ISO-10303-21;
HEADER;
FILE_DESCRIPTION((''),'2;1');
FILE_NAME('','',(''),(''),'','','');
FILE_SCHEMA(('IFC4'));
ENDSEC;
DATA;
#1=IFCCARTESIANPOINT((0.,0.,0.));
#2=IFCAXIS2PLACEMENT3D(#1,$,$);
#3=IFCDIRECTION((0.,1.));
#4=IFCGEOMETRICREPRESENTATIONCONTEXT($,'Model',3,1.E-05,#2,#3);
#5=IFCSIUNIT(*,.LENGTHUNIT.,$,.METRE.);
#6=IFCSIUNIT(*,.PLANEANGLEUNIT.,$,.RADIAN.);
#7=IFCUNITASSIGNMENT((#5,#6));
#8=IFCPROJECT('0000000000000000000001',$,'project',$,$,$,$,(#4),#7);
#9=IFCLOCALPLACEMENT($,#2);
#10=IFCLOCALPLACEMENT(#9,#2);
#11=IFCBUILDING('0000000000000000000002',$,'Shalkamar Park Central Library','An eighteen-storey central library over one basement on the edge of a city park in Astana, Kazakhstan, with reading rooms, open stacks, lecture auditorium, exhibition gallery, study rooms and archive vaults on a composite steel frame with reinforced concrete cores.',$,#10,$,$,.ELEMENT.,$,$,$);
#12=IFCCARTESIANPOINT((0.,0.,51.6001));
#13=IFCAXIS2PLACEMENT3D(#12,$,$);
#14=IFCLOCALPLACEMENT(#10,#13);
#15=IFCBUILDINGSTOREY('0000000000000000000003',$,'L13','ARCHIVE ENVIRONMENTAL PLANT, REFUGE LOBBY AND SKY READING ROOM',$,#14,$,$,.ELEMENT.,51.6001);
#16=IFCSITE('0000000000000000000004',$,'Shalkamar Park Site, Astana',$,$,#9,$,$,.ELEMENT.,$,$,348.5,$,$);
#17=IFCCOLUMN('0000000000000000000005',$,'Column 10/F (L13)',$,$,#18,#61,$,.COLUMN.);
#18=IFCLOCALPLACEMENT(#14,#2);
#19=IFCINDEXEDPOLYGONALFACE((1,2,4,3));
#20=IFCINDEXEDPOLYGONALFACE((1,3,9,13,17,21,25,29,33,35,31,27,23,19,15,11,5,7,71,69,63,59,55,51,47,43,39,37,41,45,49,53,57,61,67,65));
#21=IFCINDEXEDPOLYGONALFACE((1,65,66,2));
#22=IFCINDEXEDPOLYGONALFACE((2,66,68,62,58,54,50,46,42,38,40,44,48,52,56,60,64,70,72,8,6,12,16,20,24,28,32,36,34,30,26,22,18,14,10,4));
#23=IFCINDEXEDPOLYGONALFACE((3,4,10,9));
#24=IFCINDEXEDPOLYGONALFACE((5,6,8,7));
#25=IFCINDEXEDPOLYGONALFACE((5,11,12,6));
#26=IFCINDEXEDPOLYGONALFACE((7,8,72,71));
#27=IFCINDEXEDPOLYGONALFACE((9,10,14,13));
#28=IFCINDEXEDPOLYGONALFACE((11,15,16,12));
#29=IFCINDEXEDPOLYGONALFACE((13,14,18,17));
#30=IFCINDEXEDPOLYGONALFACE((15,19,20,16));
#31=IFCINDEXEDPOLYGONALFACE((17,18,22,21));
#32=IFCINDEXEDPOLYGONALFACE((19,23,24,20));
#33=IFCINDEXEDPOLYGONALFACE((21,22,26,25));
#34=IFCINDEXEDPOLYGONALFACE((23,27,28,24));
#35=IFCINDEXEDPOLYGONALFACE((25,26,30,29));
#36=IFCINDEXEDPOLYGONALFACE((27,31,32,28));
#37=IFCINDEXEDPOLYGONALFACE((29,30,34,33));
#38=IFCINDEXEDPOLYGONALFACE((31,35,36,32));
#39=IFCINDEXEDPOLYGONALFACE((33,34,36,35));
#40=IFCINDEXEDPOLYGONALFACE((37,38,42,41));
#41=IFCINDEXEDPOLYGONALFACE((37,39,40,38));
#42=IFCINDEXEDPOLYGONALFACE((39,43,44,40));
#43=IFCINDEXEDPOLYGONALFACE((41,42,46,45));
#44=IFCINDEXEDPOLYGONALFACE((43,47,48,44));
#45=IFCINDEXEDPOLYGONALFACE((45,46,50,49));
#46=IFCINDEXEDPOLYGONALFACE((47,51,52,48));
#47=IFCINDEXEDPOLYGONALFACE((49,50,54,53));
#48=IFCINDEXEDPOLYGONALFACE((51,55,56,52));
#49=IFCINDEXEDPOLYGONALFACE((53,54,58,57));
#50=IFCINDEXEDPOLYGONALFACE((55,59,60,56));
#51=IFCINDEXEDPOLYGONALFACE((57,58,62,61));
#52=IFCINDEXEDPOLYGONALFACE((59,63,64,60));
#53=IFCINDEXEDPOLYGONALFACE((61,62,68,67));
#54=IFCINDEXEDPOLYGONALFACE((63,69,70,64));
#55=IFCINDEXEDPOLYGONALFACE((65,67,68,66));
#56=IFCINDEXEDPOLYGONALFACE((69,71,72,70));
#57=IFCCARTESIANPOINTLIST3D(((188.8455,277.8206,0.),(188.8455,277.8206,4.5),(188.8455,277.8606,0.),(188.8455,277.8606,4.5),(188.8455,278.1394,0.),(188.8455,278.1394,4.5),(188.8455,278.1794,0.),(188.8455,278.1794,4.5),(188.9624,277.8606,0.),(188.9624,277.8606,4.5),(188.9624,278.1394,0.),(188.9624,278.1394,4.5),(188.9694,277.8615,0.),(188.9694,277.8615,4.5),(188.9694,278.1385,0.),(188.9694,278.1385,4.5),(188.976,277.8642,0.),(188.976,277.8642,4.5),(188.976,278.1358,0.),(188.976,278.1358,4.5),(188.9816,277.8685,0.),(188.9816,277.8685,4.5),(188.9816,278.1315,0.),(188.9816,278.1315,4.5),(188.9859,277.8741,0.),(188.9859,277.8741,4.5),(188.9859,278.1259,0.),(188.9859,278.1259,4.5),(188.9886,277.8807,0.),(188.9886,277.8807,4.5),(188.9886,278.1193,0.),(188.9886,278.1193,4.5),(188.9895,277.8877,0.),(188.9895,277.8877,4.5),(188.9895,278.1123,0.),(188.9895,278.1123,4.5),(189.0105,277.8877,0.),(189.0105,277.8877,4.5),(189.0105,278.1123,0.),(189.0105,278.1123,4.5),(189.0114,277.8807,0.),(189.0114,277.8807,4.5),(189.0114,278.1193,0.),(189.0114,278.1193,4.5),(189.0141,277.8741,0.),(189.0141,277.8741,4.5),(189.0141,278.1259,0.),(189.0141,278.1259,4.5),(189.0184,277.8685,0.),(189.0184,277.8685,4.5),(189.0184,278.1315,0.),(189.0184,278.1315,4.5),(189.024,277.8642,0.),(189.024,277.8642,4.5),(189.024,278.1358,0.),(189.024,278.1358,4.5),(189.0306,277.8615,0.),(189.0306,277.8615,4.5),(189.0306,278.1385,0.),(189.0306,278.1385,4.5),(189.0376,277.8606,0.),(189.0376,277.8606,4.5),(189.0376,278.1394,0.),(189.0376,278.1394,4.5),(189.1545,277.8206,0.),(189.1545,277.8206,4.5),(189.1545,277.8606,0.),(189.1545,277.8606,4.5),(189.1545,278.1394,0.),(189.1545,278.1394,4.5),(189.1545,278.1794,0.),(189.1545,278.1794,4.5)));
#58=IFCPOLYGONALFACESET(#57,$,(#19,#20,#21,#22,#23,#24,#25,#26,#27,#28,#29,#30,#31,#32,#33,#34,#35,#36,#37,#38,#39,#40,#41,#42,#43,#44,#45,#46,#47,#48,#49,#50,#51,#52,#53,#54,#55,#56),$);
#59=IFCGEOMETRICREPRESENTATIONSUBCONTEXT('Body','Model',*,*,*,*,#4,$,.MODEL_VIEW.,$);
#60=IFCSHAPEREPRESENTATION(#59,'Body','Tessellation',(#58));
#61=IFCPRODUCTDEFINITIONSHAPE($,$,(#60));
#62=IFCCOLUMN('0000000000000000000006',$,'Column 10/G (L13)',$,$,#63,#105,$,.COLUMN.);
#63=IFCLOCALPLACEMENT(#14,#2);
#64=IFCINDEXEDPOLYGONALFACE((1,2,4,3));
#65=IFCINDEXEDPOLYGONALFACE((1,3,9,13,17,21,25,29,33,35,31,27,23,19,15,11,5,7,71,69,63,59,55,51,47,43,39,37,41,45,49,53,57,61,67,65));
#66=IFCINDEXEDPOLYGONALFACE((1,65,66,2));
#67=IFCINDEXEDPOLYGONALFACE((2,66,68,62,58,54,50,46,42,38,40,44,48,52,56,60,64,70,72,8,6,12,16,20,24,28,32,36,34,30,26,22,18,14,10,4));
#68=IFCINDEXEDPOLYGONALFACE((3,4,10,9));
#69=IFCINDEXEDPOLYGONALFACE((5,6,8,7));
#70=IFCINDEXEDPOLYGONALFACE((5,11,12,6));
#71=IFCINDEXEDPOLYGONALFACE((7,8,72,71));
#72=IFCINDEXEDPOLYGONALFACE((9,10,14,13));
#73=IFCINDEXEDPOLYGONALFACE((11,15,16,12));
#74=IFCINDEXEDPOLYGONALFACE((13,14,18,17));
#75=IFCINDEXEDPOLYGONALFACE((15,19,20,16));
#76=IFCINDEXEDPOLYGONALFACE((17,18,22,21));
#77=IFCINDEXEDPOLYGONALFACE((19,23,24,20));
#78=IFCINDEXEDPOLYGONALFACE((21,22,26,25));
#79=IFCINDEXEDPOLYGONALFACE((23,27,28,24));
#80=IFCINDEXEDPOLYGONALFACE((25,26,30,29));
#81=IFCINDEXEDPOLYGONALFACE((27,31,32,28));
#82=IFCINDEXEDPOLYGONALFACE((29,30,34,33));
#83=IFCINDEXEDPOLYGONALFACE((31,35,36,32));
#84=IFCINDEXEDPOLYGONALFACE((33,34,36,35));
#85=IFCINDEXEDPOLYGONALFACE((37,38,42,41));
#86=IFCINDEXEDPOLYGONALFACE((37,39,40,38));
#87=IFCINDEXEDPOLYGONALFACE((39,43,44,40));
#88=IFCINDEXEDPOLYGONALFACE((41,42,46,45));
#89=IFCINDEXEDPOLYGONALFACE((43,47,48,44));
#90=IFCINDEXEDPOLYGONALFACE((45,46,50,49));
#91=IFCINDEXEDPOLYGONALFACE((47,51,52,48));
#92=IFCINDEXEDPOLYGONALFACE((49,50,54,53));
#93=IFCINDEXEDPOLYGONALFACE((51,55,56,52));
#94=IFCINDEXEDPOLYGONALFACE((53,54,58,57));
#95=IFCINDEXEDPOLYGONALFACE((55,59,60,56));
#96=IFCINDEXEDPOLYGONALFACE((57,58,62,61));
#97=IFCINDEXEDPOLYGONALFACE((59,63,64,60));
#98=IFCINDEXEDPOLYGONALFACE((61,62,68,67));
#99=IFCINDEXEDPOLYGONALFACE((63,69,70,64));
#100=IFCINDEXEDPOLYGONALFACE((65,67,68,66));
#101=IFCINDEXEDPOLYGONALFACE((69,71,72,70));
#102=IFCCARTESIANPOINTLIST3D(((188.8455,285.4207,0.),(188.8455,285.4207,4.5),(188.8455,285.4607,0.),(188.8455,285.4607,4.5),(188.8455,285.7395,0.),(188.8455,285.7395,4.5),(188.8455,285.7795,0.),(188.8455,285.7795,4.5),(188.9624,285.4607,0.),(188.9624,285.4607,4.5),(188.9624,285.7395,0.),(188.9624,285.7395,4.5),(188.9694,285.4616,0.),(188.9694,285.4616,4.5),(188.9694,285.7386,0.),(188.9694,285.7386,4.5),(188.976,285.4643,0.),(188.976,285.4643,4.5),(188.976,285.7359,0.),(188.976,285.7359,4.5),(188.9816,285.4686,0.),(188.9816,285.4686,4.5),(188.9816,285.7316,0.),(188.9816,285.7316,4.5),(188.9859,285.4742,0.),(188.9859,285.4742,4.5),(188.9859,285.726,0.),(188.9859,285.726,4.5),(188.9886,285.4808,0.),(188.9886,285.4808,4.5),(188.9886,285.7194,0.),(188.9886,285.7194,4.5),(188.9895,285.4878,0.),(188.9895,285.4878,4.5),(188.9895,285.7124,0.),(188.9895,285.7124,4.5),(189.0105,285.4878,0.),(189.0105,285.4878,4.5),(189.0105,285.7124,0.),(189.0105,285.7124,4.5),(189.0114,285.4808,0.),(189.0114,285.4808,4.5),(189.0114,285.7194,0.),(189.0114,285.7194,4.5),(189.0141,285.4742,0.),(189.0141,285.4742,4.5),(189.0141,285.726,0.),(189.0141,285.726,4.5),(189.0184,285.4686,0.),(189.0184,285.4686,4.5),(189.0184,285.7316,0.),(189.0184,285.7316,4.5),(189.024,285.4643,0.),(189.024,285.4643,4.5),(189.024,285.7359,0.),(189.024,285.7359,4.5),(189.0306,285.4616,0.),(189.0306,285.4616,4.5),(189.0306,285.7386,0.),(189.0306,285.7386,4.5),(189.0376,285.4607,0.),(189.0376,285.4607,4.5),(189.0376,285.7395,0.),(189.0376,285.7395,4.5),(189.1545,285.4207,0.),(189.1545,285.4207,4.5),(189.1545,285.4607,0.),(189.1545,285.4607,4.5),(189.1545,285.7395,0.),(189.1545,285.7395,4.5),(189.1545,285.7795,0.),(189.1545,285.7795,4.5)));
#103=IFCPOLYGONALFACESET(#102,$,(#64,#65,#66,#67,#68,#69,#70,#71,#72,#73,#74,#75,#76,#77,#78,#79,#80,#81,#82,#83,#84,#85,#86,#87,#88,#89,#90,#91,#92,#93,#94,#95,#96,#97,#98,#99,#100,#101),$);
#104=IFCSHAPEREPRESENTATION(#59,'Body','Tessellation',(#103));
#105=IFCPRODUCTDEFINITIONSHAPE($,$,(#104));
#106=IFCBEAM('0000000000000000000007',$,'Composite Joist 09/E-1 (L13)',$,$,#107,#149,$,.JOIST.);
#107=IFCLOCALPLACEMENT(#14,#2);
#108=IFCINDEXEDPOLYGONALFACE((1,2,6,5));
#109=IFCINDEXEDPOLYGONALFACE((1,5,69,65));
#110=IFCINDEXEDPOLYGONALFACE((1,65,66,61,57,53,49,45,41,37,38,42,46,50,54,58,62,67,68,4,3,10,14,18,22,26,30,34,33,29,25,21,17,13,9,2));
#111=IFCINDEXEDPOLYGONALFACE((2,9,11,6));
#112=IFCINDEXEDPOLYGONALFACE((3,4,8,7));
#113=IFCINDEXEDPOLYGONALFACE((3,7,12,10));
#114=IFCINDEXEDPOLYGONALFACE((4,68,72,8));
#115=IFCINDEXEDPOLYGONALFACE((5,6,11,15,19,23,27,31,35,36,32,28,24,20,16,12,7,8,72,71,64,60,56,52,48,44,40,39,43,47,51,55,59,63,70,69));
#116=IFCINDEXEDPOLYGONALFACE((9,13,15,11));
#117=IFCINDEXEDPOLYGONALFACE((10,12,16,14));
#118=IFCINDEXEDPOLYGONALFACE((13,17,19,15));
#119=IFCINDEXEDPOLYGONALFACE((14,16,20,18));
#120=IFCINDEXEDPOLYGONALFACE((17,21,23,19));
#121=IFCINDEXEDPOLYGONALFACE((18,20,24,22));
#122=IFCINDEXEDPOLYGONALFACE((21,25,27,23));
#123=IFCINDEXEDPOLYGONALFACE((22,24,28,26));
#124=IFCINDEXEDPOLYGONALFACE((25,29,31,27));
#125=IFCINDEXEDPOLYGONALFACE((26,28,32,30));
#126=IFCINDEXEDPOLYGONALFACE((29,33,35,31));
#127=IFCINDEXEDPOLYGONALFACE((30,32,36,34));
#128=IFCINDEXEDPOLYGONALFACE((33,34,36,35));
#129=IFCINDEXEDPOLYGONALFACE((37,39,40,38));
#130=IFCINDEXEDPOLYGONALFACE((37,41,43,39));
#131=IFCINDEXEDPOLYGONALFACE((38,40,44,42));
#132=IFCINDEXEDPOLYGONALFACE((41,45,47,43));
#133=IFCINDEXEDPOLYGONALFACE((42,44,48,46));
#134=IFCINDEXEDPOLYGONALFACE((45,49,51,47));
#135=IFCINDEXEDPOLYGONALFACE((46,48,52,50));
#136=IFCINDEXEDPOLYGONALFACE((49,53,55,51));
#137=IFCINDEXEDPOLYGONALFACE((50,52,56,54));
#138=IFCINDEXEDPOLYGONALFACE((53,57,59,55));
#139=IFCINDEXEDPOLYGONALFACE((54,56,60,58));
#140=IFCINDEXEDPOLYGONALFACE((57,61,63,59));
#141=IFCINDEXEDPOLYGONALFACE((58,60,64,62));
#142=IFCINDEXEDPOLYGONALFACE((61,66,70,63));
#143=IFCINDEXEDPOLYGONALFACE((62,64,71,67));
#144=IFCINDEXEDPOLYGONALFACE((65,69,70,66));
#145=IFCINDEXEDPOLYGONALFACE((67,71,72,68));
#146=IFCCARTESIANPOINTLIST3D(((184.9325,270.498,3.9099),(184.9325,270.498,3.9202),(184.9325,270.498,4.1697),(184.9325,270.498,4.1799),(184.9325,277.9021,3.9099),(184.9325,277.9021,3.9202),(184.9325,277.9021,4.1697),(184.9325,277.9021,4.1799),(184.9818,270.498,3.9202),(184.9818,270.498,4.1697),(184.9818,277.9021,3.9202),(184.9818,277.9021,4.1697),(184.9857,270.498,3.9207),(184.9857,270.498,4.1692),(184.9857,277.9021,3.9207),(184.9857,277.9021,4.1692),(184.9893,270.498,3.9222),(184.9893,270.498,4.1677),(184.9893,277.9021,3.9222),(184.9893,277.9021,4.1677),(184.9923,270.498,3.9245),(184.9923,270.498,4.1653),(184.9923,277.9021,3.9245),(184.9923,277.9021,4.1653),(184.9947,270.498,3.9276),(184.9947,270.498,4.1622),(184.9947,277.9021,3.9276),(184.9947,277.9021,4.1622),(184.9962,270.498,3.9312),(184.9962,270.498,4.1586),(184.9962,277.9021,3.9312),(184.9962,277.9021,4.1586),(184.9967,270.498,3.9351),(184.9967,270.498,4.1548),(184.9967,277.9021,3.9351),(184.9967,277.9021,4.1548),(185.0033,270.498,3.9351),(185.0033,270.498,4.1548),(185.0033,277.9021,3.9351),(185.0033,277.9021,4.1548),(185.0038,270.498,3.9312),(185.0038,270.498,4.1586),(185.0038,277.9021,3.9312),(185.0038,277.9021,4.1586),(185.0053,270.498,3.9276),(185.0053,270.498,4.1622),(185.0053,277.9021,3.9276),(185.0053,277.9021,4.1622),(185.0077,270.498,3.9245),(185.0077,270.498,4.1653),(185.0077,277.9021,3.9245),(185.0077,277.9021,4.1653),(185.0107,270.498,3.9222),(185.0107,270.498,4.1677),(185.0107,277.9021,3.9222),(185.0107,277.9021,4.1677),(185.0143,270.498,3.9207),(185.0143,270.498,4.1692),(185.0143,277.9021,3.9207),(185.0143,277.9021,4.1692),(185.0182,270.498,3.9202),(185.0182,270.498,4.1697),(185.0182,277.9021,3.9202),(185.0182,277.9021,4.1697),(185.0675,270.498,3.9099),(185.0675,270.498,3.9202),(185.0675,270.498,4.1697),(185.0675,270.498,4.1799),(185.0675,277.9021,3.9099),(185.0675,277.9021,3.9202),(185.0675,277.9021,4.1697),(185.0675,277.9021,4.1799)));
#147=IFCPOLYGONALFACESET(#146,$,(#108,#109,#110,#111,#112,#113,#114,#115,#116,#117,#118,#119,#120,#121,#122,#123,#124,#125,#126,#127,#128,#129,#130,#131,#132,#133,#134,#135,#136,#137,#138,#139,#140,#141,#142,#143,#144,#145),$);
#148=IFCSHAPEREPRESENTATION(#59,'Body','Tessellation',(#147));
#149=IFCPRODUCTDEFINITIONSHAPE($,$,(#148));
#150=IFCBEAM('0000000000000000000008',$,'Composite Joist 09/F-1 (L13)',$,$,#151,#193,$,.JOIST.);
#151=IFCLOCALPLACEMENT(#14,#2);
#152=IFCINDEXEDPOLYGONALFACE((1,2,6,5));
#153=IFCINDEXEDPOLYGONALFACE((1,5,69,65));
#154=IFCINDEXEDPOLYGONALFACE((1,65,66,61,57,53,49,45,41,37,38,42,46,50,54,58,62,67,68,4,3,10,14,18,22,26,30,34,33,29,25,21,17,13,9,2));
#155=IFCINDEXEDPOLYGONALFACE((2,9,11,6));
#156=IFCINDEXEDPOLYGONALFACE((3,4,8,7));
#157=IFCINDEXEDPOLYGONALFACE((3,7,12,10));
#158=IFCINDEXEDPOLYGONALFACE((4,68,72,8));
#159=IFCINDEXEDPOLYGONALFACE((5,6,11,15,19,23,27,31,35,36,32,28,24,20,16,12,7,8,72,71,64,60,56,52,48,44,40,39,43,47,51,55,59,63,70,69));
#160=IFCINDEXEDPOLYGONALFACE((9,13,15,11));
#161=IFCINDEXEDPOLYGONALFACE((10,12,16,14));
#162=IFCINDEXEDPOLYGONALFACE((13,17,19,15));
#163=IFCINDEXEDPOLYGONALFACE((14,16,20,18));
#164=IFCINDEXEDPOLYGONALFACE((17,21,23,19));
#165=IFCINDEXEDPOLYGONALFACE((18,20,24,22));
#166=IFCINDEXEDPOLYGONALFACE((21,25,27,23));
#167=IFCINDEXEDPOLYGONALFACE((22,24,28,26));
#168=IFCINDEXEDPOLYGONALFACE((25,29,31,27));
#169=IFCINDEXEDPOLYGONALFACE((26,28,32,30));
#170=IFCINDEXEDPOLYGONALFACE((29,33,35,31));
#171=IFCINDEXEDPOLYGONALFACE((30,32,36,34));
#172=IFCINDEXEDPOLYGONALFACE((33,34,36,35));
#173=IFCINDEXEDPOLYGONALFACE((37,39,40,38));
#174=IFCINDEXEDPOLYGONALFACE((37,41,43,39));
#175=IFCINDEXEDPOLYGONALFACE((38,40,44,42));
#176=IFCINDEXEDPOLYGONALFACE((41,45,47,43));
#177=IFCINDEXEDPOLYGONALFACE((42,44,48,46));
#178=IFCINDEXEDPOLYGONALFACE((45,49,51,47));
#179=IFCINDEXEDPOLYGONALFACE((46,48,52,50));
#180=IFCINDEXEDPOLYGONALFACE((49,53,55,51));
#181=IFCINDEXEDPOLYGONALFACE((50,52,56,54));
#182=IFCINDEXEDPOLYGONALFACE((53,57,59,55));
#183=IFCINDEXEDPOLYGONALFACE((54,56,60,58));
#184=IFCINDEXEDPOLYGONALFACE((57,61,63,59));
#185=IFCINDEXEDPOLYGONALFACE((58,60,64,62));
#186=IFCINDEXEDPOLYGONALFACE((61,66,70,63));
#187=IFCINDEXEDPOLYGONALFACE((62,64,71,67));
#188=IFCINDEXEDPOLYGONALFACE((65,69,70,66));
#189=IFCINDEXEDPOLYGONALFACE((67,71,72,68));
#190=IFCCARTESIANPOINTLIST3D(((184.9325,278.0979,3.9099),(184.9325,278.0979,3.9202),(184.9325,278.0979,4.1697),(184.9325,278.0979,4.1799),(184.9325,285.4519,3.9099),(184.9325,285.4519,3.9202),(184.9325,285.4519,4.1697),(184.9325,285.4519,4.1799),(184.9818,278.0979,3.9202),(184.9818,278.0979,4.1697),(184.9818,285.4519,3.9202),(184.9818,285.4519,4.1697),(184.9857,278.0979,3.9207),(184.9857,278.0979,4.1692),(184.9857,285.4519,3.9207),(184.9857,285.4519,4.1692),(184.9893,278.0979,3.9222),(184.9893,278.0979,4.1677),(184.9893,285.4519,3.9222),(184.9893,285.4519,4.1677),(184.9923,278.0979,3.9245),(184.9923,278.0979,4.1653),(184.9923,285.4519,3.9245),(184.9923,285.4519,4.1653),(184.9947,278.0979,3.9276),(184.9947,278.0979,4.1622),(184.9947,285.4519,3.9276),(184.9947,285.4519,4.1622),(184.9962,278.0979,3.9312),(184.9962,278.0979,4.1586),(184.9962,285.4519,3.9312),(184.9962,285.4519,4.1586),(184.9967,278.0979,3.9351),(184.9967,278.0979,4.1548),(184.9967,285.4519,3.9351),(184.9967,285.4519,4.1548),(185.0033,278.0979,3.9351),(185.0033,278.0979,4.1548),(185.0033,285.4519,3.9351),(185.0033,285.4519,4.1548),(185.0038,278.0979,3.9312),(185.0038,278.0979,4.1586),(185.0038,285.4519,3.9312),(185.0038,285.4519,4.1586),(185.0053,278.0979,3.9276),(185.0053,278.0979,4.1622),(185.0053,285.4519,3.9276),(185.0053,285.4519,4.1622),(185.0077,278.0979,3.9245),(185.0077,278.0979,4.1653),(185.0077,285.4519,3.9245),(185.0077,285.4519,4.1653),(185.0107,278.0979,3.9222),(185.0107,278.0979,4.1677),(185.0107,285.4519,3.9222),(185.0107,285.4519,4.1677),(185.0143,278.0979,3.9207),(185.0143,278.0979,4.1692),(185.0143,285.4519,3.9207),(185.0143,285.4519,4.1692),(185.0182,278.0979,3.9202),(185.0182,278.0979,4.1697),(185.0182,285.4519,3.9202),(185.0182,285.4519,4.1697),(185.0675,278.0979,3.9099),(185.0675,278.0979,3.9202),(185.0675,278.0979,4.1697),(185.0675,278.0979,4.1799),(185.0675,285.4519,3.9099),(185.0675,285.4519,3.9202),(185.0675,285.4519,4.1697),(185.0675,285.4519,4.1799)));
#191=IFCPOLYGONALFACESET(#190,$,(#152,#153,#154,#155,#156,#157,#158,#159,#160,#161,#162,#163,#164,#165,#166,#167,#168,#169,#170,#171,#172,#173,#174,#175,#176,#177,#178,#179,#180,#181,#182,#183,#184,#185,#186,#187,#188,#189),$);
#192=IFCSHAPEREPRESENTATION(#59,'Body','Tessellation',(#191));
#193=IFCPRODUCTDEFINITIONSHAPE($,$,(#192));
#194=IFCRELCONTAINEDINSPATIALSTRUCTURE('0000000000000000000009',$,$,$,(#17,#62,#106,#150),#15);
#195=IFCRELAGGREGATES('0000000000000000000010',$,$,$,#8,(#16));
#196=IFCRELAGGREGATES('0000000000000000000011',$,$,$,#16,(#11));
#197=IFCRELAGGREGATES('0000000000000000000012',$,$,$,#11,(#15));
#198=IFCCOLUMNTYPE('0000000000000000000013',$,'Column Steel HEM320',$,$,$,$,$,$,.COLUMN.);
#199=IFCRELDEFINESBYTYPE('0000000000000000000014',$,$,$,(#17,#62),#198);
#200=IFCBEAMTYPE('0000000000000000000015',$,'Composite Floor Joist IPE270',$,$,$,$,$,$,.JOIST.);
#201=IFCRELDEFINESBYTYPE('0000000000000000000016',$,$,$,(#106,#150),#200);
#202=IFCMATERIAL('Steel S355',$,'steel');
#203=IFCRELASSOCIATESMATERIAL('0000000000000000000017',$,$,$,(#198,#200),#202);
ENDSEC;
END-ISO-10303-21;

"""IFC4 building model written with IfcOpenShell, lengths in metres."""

from ifc_helpers import new_model, si_unit, direction, frame, origin, origin_2d, place, context, subcontext, project, spatial, i_section, extrude, material, material_profile, profile_set, type_object, element, save


model = new_model("IFC4")

# Units and contexts
model_context = context("Model", 3, precision=1e-05, world=origin(), true_north=direction((0.0, 1.0)))
body_context = subcontext(model_context, "Body", "Model", "MODEL_VIEW")
ifc_project = project(units=[si_unit("LENGTHUNIT", "METRE"), si_unit("PLANEANGLEUNIT", "RADIAN")], contexts=[model_context])

# Site, building, storey
site_placement = place(None, origin())
site = spatial("IfcSite", under=ifc_project, at=site_placement, Name="Shalkamar Park Site, Astana", CompositionType="ELEMENT", RefElevation=348.5)
building_placement = place(site_placement, origin())
building = spatial("IfcBuilding", under=site, at=building_placement, Name="Shalkamar Park Central Library", Description="An eighteen-storey central library over one basement on the edge of a city park in Astana, Kazakhstan, with reading rooms, open stacks, lecture auditorium, exhibition gallery, study rooms and archive vaults on a composite steel frame with reinforced concrete cores.", CompositionType="ELEMENT")
storey_placement = place(building_placement, frame((0.0, 0.0, 51.6001)))
storey = spatial("IfcBuildingStorey", under=building, at=storey_placement, Name="L13", Description="ARCHIVE ENVIRONMENTAL PLANT, REFUGE LOBBY AND SKY READING ROOM", CompositionType="ELEMENT", Elevation=51.6001)

# Columns
ifc_material_1 = material(Name="Steel S355", Category="steel")
ifc_material_profile_1 = material_profile(ifc_material_1, i_section(OverallWidth=0.3091, OverallDepth=0.3589, WebThickness=0.021, FlangeThickness=0.04, FilletRadius=0.0271, at=origin_2d()), Name="HEM 320")
ifc_profile_set_1 = profile_set([ifc_material_profile_1], Name="Steel S355")
column_type = type_object("IfcColumnType", Name="Column Steel HEM320", PredefinedType="COLUMN", material=ifc_profile_set_1)
for number, where, z_axis, x_axis, name in (
    (1, (189.0, 278.0, 0.0), (0.0, 0.0, 1.0), (1.0, 0.0, 0.0), "Column 10/F (L13)"),
    (2, (189.0, 285.6001, 0.0), (0.0, 0.0, 1.0), (1.0, 0.0, 0.0), "Column 10/G (L13)"),
):
    element("IfcColumn", number, at=place(storey_placement, frame(where, z_axis=z_axis, x_axis=x_axis)), inside=storey, type_object=column_type, Name=name, PredefinedType="COLUMN", context=body_context, shape_type="SweptSolid", body=[
        extrude(i_section(OverallWidth=0.3091, OverallDepth=0.3589, WebThickness=0.021, FlangeThickness=0.04, FilletRadius=0.0271, at=origin_2d()), origin(), (0.0, 0.0, 1.0), 4.5),
    ])

# Beams
ifc_material_profile_2 = material_profile(ifc_material_1, i_section(OverallWidth=0.135, OverallDepth=0.27, WebThickness=0.0066, FlangeThickness=0.0103, FilletRadius=0.0149, at=origin_2d()), Name="IPE 270")
ifc_profile_set_2 = profile_set([ifc_material_profile_2], Name="Steel S355")
beam_type_1 = type_object("IfcBeamType", Name="Composite Floor Joist IPE270", PredefinedType="JOIST", material=ifc_profile_set_2)
beam_1_placement = place(storey_placement, frame((185.0, 270.498, 4.0449), z_axis=(0.0, 1.0, 0.0), x_axis=(-1.0, 0.0, 0.0)))
element("IfcBeam", 3, at=beam_1_placement, inside=storey, type_object=beam_type_1, Name="Composite Joist 09/E-1 (L13)", PredefinedType="JOIST", context=body_context, shape_type="SweptSolid", body=[
    extrude(i_section(OverallWidth=0.135, OverallDepth=0.27, WebThickness=0.0066, FlangeThickness=0.0103, FilletRadius=0.0149, at=origin_2d()), origin(), (0.0, 0.0, 1.0), 7.4041),
])
beam_2_placement = place(storey_placement, frame((185.0, 278.0979, 4.0449), z_axis=(0.0, 1.0, 0.0), x_axis=(-1.0, 0.0, 0.0)))
element("IfcBeam", 4, at=beam_2_placement, inside=storey, type_object=beam_type_1, Name="Composite Joist 09/F-1 (L13)", PredefinedType="JOIST", context=body_context, shape_type="SweptSolid", body=[
    extrude(i_section(OverallWidth=0.135, OverallDepth=0.27, WebThickness=0.0066, FlangeThickness=0.0103, FilletRadius=0.0149, at=origin_2d()), origin(), (0.0, 0.0, 1.0), 7.354),
])

save(model, "model.ifc")
